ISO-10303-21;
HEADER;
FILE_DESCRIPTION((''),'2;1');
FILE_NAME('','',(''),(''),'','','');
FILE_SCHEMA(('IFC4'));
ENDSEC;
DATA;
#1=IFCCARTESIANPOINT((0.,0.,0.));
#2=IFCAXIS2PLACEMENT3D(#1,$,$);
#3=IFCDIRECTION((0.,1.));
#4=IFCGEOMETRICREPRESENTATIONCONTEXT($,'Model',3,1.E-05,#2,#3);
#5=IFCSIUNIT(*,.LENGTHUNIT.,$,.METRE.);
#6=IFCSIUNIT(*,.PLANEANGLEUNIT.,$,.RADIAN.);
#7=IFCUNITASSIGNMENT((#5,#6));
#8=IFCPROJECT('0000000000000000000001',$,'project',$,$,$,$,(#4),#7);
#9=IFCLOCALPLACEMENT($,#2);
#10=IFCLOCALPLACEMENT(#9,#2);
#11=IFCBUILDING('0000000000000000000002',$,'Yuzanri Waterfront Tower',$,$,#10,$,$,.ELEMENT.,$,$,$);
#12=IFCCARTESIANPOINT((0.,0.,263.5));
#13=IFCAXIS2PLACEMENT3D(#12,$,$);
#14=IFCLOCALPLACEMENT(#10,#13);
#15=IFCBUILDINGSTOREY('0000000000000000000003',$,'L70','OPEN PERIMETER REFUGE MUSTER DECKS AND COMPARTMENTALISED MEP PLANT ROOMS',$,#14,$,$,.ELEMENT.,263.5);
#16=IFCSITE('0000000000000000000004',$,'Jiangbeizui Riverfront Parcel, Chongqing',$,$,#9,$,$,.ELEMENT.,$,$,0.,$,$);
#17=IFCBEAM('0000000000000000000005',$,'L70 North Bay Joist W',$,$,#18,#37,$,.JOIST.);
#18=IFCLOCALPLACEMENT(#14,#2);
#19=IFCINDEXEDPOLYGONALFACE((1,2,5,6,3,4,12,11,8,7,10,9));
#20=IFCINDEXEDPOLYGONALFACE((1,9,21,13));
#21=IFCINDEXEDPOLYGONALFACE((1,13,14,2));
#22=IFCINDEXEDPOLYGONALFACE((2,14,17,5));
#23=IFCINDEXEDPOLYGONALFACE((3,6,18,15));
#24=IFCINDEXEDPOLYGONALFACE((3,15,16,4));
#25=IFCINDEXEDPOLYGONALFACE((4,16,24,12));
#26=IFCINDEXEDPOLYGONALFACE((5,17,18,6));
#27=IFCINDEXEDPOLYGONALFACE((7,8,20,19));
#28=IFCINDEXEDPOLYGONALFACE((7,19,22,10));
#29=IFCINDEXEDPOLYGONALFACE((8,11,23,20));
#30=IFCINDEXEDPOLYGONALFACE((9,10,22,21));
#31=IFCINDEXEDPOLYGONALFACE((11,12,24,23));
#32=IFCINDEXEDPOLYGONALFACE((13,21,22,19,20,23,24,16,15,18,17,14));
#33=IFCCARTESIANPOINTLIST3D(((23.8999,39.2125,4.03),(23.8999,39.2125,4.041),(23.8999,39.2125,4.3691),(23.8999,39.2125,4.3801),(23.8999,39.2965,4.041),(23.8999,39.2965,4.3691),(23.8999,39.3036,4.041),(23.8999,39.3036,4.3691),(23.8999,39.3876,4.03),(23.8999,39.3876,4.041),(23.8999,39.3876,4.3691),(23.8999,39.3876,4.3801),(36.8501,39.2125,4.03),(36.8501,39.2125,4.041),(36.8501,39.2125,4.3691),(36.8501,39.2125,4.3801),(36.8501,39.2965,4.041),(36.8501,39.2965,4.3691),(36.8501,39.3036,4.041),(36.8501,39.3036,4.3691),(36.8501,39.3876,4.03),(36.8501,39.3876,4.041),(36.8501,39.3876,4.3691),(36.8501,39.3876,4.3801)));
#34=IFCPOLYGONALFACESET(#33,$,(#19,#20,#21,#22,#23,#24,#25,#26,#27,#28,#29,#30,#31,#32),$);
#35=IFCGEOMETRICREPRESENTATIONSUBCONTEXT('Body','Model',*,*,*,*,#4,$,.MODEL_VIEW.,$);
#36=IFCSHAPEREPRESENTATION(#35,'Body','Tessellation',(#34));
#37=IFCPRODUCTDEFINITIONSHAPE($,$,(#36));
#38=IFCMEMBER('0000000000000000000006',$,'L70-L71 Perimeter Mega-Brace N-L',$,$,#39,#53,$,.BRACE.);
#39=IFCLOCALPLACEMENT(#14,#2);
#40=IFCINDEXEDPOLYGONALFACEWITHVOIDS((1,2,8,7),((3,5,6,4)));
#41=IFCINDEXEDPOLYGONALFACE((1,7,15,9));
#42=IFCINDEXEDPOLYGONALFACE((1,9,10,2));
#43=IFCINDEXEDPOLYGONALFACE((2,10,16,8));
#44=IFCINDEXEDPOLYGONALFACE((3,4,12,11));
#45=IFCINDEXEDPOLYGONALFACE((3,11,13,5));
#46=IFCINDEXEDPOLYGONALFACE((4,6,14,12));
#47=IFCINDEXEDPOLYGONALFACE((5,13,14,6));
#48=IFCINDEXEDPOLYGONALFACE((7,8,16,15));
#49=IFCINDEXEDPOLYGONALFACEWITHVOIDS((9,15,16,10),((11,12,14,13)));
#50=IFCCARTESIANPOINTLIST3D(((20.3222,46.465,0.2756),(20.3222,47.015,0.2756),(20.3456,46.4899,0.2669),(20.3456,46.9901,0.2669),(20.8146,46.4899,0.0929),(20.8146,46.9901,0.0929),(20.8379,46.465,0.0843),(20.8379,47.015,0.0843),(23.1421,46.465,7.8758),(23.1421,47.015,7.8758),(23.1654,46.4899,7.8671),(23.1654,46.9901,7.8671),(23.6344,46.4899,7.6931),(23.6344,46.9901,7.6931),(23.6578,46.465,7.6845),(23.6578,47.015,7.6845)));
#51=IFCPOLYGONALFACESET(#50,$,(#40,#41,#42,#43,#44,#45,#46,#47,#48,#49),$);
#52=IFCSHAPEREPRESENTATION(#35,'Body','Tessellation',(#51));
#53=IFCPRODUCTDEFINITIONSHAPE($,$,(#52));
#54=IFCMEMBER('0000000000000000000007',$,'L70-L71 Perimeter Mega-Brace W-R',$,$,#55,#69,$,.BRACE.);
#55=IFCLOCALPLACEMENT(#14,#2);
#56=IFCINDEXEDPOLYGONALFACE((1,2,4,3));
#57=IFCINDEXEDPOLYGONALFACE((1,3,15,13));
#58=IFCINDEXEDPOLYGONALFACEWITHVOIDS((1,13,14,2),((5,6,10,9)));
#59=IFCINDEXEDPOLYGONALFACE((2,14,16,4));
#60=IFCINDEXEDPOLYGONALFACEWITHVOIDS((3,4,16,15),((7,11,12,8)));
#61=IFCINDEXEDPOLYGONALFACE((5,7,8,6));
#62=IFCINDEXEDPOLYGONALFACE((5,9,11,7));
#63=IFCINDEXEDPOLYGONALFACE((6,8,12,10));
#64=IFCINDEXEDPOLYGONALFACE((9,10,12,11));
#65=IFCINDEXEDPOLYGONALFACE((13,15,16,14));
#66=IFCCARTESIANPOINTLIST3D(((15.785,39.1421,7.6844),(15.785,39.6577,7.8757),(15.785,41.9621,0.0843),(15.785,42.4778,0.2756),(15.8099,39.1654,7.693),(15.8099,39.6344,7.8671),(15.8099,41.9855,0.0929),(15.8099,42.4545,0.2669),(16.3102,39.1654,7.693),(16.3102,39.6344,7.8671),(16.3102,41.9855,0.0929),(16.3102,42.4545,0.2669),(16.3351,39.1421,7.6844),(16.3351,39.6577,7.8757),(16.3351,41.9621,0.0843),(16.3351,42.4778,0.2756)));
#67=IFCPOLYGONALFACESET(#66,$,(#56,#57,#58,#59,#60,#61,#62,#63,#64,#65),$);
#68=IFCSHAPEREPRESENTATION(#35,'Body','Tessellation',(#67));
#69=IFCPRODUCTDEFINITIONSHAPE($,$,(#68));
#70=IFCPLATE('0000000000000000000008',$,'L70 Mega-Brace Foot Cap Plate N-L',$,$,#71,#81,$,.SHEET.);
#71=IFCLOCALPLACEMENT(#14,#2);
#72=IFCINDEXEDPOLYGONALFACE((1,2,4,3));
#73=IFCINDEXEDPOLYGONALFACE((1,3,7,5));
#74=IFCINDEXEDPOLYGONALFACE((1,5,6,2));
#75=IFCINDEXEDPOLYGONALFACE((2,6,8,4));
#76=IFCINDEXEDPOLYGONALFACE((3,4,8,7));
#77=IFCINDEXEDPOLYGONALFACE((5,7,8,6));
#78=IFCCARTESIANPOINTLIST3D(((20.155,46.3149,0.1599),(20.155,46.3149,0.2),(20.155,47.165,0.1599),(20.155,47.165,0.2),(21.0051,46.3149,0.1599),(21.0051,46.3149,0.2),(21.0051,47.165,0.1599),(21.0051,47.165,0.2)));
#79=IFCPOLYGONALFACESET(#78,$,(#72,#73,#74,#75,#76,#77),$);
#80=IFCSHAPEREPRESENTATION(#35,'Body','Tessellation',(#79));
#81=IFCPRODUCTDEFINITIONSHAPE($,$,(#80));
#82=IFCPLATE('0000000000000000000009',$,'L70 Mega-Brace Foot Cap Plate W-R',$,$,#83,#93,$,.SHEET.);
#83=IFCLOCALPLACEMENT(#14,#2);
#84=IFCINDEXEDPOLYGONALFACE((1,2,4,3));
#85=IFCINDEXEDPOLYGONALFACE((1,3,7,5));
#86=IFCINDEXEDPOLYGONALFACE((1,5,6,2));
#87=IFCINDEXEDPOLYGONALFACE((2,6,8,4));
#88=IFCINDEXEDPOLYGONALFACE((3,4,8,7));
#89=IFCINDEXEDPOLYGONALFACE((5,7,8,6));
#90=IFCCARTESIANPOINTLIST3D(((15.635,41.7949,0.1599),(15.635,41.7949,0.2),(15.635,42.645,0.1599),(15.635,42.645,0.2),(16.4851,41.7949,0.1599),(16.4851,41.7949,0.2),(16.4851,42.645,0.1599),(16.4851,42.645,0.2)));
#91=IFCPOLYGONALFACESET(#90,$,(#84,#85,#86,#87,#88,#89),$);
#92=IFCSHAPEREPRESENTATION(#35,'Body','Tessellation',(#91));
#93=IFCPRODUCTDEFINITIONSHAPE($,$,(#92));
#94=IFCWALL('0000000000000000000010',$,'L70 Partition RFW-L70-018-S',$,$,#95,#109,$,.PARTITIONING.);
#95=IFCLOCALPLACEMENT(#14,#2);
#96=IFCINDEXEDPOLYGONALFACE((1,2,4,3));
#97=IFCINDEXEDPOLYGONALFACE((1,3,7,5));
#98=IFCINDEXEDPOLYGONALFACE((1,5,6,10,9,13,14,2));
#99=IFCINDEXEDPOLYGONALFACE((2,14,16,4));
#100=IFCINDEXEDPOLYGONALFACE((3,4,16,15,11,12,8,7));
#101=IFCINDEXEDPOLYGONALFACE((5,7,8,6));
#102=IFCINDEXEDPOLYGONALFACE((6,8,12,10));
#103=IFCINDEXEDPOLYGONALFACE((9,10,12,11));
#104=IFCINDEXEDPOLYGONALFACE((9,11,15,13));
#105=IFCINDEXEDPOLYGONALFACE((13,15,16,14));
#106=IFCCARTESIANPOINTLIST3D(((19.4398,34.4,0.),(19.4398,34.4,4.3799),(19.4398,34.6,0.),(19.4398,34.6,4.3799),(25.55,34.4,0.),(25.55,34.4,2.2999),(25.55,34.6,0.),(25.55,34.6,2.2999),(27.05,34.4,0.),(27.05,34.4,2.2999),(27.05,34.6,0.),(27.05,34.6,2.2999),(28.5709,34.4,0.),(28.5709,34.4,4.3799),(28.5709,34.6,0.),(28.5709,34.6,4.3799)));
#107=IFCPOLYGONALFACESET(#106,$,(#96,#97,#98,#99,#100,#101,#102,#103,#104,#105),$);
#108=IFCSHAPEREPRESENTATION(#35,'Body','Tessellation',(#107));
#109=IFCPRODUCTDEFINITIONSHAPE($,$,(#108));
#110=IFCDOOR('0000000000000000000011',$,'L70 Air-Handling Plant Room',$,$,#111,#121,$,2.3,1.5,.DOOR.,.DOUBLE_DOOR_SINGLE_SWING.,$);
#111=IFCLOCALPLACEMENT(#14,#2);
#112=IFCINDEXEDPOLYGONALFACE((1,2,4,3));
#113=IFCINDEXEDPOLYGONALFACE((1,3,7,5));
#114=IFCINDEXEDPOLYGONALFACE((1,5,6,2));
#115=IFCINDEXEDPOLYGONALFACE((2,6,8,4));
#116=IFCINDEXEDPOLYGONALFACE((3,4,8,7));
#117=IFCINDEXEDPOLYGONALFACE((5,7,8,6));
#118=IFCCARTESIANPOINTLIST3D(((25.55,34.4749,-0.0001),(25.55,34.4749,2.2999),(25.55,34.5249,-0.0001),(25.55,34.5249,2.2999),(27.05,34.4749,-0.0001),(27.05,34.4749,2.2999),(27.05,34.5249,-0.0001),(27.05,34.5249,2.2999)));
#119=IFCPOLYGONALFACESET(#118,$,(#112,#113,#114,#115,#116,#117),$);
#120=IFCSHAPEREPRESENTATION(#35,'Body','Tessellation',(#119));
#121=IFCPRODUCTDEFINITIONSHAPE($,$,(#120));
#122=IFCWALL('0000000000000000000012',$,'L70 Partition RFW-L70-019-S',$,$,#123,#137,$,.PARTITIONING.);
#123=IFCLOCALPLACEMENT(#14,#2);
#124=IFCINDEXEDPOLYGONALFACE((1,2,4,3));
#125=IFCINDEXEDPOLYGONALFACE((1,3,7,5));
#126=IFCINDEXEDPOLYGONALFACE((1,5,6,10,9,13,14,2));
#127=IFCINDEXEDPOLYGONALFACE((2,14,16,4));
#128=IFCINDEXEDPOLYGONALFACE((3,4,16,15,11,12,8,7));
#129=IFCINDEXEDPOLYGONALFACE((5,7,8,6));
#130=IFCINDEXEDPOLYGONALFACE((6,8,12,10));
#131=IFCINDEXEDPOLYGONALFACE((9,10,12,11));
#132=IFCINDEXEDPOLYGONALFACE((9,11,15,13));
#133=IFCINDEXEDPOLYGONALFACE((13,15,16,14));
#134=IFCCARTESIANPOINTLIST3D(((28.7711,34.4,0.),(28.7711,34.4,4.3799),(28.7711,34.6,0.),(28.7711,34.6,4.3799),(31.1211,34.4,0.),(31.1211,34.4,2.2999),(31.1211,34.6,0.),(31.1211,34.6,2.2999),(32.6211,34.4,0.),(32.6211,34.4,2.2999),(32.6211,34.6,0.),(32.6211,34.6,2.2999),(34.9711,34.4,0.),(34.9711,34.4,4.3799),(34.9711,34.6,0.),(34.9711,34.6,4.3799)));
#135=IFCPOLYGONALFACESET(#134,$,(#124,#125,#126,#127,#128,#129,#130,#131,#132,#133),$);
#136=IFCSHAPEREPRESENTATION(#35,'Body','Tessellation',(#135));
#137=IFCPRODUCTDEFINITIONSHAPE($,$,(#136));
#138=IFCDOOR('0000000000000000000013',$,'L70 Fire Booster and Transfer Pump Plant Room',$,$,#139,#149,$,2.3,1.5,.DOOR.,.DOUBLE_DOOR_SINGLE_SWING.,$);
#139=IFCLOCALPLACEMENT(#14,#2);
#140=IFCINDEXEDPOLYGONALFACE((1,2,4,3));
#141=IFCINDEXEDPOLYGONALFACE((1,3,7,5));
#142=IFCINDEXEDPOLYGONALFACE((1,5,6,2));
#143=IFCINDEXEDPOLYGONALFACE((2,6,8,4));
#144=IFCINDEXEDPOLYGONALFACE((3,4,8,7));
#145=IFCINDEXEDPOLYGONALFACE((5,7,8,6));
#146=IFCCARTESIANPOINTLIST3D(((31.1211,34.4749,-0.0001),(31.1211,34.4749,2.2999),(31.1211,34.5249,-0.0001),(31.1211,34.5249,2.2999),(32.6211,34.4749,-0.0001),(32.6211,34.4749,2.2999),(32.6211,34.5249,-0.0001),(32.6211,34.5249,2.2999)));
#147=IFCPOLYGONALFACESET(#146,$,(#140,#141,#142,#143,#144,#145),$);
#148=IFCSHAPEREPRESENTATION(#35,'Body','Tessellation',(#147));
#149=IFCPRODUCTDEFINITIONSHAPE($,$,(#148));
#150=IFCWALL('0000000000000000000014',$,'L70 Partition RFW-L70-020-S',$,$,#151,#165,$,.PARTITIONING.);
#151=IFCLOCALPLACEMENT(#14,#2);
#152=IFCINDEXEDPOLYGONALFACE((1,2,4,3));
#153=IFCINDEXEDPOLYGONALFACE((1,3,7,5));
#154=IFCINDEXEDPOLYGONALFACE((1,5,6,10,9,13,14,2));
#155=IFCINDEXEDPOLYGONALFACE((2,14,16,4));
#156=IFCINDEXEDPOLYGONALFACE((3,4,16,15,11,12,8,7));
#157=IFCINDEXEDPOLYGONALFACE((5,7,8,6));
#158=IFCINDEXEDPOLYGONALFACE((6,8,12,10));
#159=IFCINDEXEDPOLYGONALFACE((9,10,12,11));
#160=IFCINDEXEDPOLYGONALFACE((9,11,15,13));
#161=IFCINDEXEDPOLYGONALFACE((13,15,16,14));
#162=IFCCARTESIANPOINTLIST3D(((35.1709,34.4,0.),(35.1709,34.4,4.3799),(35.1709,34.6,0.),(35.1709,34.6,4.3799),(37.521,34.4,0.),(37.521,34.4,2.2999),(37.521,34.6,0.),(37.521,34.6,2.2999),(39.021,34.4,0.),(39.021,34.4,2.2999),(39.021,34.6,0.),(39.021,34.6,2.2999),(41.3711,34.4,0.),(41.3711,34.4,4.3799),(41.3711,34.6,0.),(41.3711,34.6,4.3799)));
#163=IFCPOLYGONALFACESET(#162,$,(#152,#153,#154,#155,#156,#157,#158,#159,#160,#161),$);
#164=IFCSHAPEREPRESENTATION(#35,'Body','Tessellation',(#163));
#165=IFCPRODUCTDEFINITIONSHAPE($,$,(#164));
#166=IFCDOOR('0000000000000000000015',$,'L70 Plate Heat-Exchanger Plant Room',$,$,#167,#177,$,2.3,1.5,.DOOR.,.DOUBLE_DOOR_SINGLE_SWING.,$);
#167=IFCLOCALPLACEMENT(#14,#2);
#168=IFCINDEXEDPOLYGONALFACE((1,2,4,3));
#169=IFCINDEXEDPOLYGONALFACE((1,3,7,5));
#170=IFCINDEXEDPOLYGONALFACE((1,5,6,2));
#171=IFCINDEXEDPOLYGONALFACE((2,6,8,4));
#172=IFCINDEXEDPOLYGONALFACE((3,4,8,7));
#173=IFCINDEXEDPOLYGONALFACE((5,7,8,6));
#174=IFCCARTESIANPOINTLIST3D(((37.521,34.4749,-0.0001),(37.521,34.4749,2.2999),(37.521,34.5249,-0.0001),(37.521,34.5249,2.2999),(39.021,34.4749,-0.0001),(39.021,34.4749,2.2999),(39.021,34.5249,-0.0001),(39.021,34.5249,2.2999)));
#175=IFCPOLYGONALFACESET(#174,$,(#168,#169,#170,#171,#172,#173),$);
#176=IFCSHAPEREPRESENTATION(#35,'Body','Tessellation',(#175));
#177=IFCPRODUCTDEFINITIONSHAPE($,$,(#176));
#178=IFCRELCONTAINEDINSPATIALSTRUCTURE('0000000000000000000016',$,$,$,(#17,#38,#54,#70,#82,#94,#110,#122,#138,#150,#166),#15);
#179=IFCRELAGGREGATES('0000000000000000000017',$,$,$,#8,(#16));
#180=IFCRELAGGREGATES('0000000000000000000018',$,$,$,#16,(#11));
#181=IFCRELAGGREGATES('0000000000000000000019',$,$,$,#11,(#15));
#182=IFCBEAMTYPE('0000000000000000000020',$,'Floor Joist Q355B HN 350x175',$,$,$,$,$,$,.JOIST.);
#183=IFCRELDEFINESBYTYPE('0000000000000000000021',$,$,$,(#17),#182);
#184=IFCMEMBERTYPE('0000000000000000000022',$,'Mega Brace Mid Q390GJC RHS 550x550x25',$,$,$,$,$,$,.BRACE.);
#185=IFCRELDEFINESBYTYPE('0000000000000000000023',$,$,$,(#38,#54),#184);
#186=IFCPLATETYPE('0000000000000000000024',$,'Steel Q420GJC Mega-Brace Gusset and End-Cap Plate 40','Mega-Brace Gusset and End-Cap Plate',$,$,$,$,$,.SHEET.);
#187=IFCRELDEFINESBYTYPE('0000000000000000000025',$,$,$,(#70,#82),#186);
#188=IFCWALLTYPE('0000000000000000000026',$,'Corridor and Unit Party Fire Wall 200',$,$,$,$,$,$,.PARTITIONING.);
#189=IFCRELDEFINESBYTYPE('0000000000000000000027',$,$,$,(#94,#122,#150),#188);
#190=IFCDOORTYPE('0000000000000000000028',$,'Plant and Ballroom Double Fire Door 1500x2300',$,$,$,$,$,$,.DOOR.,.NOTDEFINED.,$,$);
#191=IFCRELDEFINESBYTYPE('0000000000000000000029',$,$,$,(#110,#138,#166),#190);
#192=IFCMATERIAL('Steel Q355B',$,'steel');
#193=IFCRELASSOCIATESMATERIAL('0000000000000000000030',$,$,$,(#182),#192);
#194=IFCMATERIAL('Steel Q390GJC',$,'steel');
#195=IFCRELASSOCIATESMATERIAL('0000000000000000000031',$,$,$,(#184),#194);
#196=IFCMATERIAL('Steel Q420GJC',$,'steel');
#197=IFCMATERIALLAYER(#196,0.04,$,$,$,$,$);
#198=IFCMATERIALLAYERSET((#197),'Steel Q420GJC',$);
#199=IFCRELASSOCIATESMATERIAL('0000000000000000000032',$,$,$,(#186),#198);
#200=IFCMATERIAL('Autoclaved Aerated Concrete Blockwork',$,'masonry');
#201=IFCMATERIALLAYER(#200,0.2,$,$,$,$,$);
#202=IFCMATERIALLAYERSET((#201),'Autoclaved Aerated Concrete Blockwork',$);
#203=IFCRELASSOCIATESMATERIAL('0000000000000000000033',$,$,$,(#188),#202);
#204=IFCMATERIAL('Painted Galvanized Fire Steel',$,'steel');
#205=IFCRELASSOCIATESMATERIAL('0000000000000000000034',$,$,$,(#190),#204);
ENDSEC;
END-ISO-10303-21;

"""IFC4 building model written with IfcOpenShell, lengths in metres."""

from ifc_helpers import new_model, si_unit, direction, frame, frame_2d, origin, origin_2d, place, context, subcontext, project, spatial, rectangle, hollow_rectangle, i_section, extrude, source, transform, mapped, material, layer, layer_set, material_profile, profile_set, type_object, element, fill, save


model = new_model("IFC4")

# Units and contexts
model_context = context("Model", 3, precision=1e-05, world=origin(), true_north=direction((0.0, 1.0)))
body_context = subcontext(model_context, "Body", "Model", "MODEL_VIEW")
ifc_project = project(units=[si_unit("LENGTHUNIT", "METRE"), si_unit("PLANEANGLEUNIT", "RADIAN")], contexts=[model_context])

# Site, building, storey
site_placement = place(None, origin())
site = spatial("IfcSite", under=ifc_project, at=site_placement, Name="Jiangbeizui Riverfront Parcel, Chongqing", CompositionType="ELEMENT", RefElevation=0.0)
building_placement = place(site_placement, origin())
building = spatial("IfcBuilding", under=site, at=building_placement, Name="Yuzanri Waterfront Tower", CompositionType="ELEMENT")
storey_placement = place(building_placement, frame((0.0, 0.0, 263.5)))
storey = spatial("IfcBuildingStorey", under=building, at=storey_placement, Name="L70", Description="OPEN PERIMETER REFUGE MUSTER DECKS AND COMPARTMENTALISED MEP PLANT ROOMS", CompositionType="ELEMENT", Elevation=263.5)

# Beam
ifc_material_1 = material(Name="Steel Q355B", Category="steel")
ifc_material_profile_1 = material_profile(ifc_material_1, i_section(OverallWidth=0.175, OverallDepth=0.3501, WebThickness=0.0071, FlangeThickness=0.011, at=origin_2d()), Name="HN 350x175x7x11")
ifc_profile_set_1 = profile_set([ifc_material_profile_1], Name="Steel Q355B")
beam_type_1 = type_object("IfcBeamType", Name="Floor Joist Q355B HN 350x175", PredefinedType="JOIST", material=ifc_profile_set_1)
shared_shape_1 = source(origin(), body_context, "Body", "SweptSolid", [
    extrude(i_section(OverallWidth=0.175, OverallDepth=0.3501, WebThickness=0.0071, FlangeThickness=0.011, at=origin_2d()), origin(), (0.0, 0.0, 1.0), 12.9502),
])
beam_1_placement = place(storey_placement, frame((23.8999, 39.3, 4.2051), z_axis=(1.0, 0.0, 0.0), x_axis=(0.0, 1.0, 0.0)))
element("IfcBeam", 1, at=beam_1_placement, inside=storey, type_object=beam_type_1, Name="L70 North Bay Joist W", PredefinedType="JOIST", context=body_context, shape_type="MappedRepresentation", body=[
    mapped(shared_shape_1, transform((0.0, 0.0, 0.0), scale=1.0)),
])

# Members
ifc_material_2 = material(Name="Steel Q390GJC", Category="steel")
ifc_material_profile_2 = material_profile(ifc_material_2, hollow_rectangle(XDim=0.55, YDim=0.55, WallThickness=0.0249, at=origin_2d()), Name="RHS 550x550x25")
ifc_profile_set_2 = profile_set([ifc_material_profile_2], Name="Steel Q390GJC")
member_type = type_object("IfcMemberType", Name="Mega Brace Mid Q390GJC RHS 550x550x25", PredefinedType="BRACE", material=ifc_profile_set_2)
shared_shape_2 = source(origin(), body_context, "Body", "SweptSolid", [
    extrude(hollow_rectangle(XDim=0.55, YDim=0.55, WallThickness=0.0249, at=origin_2d()), origin(), (0.0, 0.0, 1.0), 8.1064),
])
for number, where, z_axis, x_axis, name in (
    (2, (20.5801, 46.74, 0.1799), (0.347854, 0.0, 0.937549), (0.0, 1.0, 0.0), "L70-L71 Perimeter Mega-Brace N-L"),
    (3, (16.0601, 42.22, 0.1799), (0.0, -0.34788, 0.937539), (1.0, 0.0, 0.0), "L70-L71 Perimeter Mega-Brace W-R"),
):
    element("IfcMember", number, at=place(storey_placement, frame(where, z_axis=z_axis, x_axis=x_axis)), inside=storey, type_object=member_type, Name=name, PredefinedType="BRACE", context=body_context, shape_type="MappedRepresentation", body=[
        mapped(shared_shape_2, transform((0.0, 0.0, 0.0), scale=1.0)),
    ])

# Plates
ifc_material_3 = material(Name="Steel Q420GJC", Category="steel")
ifc_layer_1 = layer(ifc_material_3, 0.04)
ifc_layer_set_1 = layer_set([ifc_layer_1], Name="Steel Q420GJC")
plate_type = type_object("IfcPlateType", Name="Steel Q420GJC Mega-Brace Gusset and End-Cap Plate 40", Description="Mega-Brace Gusset and End-Cap Plate", PredefinedType="SHEET", material=ifc_layer_set_1)
shared_shape_3 = source(origin(), body_context, "Body", "SweptSolid", [
    extrude(rectangle(XDim=0.8501, YDim=0.8501, at=origin_2d()), origin(), (0.0, 0.0, 1.0), 0.04),
])
for number, where, z_axis, x_axis, name in (
    (4, (20.5801, 46.74, 0.1599), (0.0, 0.0, 1.0), (1.0, 0.0, 0.0), "L70 Mega-Brace Foot Cap Plate N-L"),
    (5, (16.0601, 42.22, 0.1599), (0.0, 0.0, 1.0), (1.0, 0.0, 0.0), "L70 Mega-Brace Foot Cap Plate W-R"),
):
    element("IfcPlate", number, at=place(storey_placement, frame(where, z_axis=z_axis, x_axis=x_axis)), inside=storey, type_object=plate_type, Name=name, PredefinedType="SHEET", context=body_context, shape_type="MappedRepresentation", body=[
        mapped(shared_shape_3, transform((0.0, 0.0, 0.0), scale=1.0)),
    ])

# Walls, openings, doors
ifc_material_4 = material(Name="Autoclaved Aerated Concrete Blockwork", Category="masonry")
ifc_layer_2 = layer(ifc_material_4, 0.2)
ifc_layer_set_2 = layer_set([ifc_layer_2], Name="Autoclaved Aerated Concrete Blockwork")
wall_type_1 = type_object("IfcWallType", Name="Corridor and Unit Party Fire Wall 200", PredefinedType="PARTITIONING", material=ifc_layer_set_2)
wall_1_placement = place(storey_placement, frame((19.4399, 34.5, 0.0), z_axis=(0.0, 0.0, 1.0), x_axis=(1.0, 0.0, 0.0)))
wall_1 = element("IfcWall", 6, at=wall_1_placement, inside=storey, type_object=wall_type_1, Name="L70 Partition RFW-L70-018-S", PredefinedType="PARTITIONING", context=body_context, shape_type="SweptSolid", body=[
    extrude(rectangle(XDim=9.1311, YDim=0.2, at=frame_2d((4.5654, 0.0))), origin(), (0.0, 0.0, 1.0), 4.3799),
])
opening_1_placement = place(wall_1_placement, frame((6.1101, 0.0, 0.0)))
opening_1 = element("IfcOpeningElement", 7, at=opening_1_placement, cuts=wall_1, PredefinedType="OPENING", context=body_context, shape_type="SweptSolid", body=[
    extrude(rectangle(XDim=1.5, YDim=2.3, at=frame_2d((0.75, 1.1499))), frame((0.0, 0.1147, 0.0), z_axis=(0.0, -1.0, 0.0), x_axis=(1.0, 0.0, 0.0)), (0.0, 0.0, 1.0), 0.2297),
])
ifc_material_5 = material(Name="Painted Galvanized Fire Steel", Category="steel")
door_type = type_object("IfcDoorType", Name="Plant and Ballroom Double Fire Door 1500x2300", OperationType="NOTDEFINED", PredefinedType="DOOR", material=ifc_material_5)
shared_shape_4 = source(origin(), body_context, "Body", "SweptSolid", [
    extrude(rectangle(XDim=1.5, YDim=2.3, at=frame_2d((0.75, 1.1499))), frame((0.0, 0.0249, 0.0), z_axis=(0.0, -1.0, 0.0), x_axis=(1.0, 0.0, 0.0)), (0.0, 0.0, 1.0), 0.05),
])
door_1_placement = place(opening_1_placement, origin())
door_1 = element("IfcDoor", 8, at=door_1_placement, inside=storey, type_object=door_type, Name="L70 Air-Handling Plant Room", OperationType="DOUBLE_DOOR_SINGLE_SWING", OverallHeight=2.3, OverallWidth=1.5, PredefinedType="DOOR", context=body_context, shape_type="MappedRepresentation", body=[
    mapped(shared_shape_4, transform((0.0, 0.0, 0.0), scale=1.0)),
])
fill(opening_1, door_1)
wall_2_placement = place(storey_placement, frame((28.771, 34.5, 0.0), z_axis=(0.0, 0.0, 1.0), x_axis=(1.0, 0.0, 0.0)))
wall_2 = element("IfcWall", 9, at=wall_2_placement, inside=storey, type_object=wall_type_1, Name="L70 Partition RFW-L70-019-S", PredefinedType="PARTITIONING", context=body_context, shape_type="SweptSolid", body=[
    extrude(rectangle(XDim=6.2, YDim=0.2, at=frame_2d((3.1001, 0.0))), origin(), (0.0, 0.0, 1.0), 4.3799),
])
opening_2_placement = place(wall_2_placement, frame((2.3501, 0.0, 0.0)))
opening_2 = element("IfcOpeningElement", 10, at=opening_2_placement, cuts=wall_2, PredefinedType="OPENING", context=body_context, shape_type="SweptSolid", body=[
    extrude(rectangle(XDim=1.5, YDim=2.3, at=frame_2d((0.75, 1.1499))), frame((0.0, 0.1147, 0.0), z_axis=(0.0, -1.0, 0.0), x_axis=(1.0, 0.0, 0.0)), (0.0, 0.0, 1.0), 0.2297),
])
door_2_placement = place(opening_2_placement, origin())
door_2 = element("IfcDoor", 11, at=door_2_placement, inside=storey, type_object=door_type, Name="L70 Fire Booster and Transfer Pump Plant Room", OperationType="DOUBLE_DOOR_SINGLE_SWING", OverallHeight=2.3, OverallWidth=1.5, PredefinedType="DOOR", context=body_context, shape_type="MappedRepresentation", body=[
    mapped(shared_shape_4, transform((0.0, 0.0, 0.0), scale=1.0)),
])
fill(opening_2, door_2)
wall_3_placement = place(storey_placement, frame((35.1709, 34.5, 0.0), z_axis=(0.0, 0.0, 1.0), x_axis=(1.0, 0.0, 0.0)))
wall_3 = element("IfcWall", 12, at=wall_3_placement, inside=storey, type_object=wall_type_1, Name="L70 Partition RFW-L70-020-S", PredefinedType="PARTITIONING", context=body_context, shape_type="SweptSolid", body=[
    extrude(rectangle(XDim=6.2002, YDim=0.2, at=frame_2d((3.1001, 0.0))), origin(), (0.0, 0.0, 1.0), 4.3799),
])
opening_3_placement = place(wall_3_placement, frame((2.3501, 0.0, 0.0)))
opening_3 = element("IfcOpeningElement", 13, at=opening_3_placement, cuts=wall_3, PredefinedType="OPENING", context=body_context, shape_type="SweptSolid", body=[
    extrude(rectangle(XDim=1.5, YDim=2.3, at=frame_2d((0.75, 1.1499))), frame((0.0, 0.1147, 0.0), z_axis=(0.0, -1.0, 0.0), x_axis=(1.0, 0.0, 0.0)), (0.0, 0.0, 1.0), 0.2297),
])
door_3_placement = place(opening_3_placement, origin())
door_3 = element("IfcDoor", 14, at=door_3_placement, inside=storey, type_object=door_type, Name="L70 Plate Heat-Exchanger Plant Room", OperationType="DOUBLE_DOOR_SINGLE_SWING", OverallHeight=2.3, OverallWidth=1.5, PredefinedType="DOOR", context=body_context, shape_type="MappedRepresentation", body=[
    mapped(shared_shape_4, transform((0.0, 0.0, 0.0), scale=1.0)),
])
fill(opening_3, door_3)

save(model, "model.ifc")
